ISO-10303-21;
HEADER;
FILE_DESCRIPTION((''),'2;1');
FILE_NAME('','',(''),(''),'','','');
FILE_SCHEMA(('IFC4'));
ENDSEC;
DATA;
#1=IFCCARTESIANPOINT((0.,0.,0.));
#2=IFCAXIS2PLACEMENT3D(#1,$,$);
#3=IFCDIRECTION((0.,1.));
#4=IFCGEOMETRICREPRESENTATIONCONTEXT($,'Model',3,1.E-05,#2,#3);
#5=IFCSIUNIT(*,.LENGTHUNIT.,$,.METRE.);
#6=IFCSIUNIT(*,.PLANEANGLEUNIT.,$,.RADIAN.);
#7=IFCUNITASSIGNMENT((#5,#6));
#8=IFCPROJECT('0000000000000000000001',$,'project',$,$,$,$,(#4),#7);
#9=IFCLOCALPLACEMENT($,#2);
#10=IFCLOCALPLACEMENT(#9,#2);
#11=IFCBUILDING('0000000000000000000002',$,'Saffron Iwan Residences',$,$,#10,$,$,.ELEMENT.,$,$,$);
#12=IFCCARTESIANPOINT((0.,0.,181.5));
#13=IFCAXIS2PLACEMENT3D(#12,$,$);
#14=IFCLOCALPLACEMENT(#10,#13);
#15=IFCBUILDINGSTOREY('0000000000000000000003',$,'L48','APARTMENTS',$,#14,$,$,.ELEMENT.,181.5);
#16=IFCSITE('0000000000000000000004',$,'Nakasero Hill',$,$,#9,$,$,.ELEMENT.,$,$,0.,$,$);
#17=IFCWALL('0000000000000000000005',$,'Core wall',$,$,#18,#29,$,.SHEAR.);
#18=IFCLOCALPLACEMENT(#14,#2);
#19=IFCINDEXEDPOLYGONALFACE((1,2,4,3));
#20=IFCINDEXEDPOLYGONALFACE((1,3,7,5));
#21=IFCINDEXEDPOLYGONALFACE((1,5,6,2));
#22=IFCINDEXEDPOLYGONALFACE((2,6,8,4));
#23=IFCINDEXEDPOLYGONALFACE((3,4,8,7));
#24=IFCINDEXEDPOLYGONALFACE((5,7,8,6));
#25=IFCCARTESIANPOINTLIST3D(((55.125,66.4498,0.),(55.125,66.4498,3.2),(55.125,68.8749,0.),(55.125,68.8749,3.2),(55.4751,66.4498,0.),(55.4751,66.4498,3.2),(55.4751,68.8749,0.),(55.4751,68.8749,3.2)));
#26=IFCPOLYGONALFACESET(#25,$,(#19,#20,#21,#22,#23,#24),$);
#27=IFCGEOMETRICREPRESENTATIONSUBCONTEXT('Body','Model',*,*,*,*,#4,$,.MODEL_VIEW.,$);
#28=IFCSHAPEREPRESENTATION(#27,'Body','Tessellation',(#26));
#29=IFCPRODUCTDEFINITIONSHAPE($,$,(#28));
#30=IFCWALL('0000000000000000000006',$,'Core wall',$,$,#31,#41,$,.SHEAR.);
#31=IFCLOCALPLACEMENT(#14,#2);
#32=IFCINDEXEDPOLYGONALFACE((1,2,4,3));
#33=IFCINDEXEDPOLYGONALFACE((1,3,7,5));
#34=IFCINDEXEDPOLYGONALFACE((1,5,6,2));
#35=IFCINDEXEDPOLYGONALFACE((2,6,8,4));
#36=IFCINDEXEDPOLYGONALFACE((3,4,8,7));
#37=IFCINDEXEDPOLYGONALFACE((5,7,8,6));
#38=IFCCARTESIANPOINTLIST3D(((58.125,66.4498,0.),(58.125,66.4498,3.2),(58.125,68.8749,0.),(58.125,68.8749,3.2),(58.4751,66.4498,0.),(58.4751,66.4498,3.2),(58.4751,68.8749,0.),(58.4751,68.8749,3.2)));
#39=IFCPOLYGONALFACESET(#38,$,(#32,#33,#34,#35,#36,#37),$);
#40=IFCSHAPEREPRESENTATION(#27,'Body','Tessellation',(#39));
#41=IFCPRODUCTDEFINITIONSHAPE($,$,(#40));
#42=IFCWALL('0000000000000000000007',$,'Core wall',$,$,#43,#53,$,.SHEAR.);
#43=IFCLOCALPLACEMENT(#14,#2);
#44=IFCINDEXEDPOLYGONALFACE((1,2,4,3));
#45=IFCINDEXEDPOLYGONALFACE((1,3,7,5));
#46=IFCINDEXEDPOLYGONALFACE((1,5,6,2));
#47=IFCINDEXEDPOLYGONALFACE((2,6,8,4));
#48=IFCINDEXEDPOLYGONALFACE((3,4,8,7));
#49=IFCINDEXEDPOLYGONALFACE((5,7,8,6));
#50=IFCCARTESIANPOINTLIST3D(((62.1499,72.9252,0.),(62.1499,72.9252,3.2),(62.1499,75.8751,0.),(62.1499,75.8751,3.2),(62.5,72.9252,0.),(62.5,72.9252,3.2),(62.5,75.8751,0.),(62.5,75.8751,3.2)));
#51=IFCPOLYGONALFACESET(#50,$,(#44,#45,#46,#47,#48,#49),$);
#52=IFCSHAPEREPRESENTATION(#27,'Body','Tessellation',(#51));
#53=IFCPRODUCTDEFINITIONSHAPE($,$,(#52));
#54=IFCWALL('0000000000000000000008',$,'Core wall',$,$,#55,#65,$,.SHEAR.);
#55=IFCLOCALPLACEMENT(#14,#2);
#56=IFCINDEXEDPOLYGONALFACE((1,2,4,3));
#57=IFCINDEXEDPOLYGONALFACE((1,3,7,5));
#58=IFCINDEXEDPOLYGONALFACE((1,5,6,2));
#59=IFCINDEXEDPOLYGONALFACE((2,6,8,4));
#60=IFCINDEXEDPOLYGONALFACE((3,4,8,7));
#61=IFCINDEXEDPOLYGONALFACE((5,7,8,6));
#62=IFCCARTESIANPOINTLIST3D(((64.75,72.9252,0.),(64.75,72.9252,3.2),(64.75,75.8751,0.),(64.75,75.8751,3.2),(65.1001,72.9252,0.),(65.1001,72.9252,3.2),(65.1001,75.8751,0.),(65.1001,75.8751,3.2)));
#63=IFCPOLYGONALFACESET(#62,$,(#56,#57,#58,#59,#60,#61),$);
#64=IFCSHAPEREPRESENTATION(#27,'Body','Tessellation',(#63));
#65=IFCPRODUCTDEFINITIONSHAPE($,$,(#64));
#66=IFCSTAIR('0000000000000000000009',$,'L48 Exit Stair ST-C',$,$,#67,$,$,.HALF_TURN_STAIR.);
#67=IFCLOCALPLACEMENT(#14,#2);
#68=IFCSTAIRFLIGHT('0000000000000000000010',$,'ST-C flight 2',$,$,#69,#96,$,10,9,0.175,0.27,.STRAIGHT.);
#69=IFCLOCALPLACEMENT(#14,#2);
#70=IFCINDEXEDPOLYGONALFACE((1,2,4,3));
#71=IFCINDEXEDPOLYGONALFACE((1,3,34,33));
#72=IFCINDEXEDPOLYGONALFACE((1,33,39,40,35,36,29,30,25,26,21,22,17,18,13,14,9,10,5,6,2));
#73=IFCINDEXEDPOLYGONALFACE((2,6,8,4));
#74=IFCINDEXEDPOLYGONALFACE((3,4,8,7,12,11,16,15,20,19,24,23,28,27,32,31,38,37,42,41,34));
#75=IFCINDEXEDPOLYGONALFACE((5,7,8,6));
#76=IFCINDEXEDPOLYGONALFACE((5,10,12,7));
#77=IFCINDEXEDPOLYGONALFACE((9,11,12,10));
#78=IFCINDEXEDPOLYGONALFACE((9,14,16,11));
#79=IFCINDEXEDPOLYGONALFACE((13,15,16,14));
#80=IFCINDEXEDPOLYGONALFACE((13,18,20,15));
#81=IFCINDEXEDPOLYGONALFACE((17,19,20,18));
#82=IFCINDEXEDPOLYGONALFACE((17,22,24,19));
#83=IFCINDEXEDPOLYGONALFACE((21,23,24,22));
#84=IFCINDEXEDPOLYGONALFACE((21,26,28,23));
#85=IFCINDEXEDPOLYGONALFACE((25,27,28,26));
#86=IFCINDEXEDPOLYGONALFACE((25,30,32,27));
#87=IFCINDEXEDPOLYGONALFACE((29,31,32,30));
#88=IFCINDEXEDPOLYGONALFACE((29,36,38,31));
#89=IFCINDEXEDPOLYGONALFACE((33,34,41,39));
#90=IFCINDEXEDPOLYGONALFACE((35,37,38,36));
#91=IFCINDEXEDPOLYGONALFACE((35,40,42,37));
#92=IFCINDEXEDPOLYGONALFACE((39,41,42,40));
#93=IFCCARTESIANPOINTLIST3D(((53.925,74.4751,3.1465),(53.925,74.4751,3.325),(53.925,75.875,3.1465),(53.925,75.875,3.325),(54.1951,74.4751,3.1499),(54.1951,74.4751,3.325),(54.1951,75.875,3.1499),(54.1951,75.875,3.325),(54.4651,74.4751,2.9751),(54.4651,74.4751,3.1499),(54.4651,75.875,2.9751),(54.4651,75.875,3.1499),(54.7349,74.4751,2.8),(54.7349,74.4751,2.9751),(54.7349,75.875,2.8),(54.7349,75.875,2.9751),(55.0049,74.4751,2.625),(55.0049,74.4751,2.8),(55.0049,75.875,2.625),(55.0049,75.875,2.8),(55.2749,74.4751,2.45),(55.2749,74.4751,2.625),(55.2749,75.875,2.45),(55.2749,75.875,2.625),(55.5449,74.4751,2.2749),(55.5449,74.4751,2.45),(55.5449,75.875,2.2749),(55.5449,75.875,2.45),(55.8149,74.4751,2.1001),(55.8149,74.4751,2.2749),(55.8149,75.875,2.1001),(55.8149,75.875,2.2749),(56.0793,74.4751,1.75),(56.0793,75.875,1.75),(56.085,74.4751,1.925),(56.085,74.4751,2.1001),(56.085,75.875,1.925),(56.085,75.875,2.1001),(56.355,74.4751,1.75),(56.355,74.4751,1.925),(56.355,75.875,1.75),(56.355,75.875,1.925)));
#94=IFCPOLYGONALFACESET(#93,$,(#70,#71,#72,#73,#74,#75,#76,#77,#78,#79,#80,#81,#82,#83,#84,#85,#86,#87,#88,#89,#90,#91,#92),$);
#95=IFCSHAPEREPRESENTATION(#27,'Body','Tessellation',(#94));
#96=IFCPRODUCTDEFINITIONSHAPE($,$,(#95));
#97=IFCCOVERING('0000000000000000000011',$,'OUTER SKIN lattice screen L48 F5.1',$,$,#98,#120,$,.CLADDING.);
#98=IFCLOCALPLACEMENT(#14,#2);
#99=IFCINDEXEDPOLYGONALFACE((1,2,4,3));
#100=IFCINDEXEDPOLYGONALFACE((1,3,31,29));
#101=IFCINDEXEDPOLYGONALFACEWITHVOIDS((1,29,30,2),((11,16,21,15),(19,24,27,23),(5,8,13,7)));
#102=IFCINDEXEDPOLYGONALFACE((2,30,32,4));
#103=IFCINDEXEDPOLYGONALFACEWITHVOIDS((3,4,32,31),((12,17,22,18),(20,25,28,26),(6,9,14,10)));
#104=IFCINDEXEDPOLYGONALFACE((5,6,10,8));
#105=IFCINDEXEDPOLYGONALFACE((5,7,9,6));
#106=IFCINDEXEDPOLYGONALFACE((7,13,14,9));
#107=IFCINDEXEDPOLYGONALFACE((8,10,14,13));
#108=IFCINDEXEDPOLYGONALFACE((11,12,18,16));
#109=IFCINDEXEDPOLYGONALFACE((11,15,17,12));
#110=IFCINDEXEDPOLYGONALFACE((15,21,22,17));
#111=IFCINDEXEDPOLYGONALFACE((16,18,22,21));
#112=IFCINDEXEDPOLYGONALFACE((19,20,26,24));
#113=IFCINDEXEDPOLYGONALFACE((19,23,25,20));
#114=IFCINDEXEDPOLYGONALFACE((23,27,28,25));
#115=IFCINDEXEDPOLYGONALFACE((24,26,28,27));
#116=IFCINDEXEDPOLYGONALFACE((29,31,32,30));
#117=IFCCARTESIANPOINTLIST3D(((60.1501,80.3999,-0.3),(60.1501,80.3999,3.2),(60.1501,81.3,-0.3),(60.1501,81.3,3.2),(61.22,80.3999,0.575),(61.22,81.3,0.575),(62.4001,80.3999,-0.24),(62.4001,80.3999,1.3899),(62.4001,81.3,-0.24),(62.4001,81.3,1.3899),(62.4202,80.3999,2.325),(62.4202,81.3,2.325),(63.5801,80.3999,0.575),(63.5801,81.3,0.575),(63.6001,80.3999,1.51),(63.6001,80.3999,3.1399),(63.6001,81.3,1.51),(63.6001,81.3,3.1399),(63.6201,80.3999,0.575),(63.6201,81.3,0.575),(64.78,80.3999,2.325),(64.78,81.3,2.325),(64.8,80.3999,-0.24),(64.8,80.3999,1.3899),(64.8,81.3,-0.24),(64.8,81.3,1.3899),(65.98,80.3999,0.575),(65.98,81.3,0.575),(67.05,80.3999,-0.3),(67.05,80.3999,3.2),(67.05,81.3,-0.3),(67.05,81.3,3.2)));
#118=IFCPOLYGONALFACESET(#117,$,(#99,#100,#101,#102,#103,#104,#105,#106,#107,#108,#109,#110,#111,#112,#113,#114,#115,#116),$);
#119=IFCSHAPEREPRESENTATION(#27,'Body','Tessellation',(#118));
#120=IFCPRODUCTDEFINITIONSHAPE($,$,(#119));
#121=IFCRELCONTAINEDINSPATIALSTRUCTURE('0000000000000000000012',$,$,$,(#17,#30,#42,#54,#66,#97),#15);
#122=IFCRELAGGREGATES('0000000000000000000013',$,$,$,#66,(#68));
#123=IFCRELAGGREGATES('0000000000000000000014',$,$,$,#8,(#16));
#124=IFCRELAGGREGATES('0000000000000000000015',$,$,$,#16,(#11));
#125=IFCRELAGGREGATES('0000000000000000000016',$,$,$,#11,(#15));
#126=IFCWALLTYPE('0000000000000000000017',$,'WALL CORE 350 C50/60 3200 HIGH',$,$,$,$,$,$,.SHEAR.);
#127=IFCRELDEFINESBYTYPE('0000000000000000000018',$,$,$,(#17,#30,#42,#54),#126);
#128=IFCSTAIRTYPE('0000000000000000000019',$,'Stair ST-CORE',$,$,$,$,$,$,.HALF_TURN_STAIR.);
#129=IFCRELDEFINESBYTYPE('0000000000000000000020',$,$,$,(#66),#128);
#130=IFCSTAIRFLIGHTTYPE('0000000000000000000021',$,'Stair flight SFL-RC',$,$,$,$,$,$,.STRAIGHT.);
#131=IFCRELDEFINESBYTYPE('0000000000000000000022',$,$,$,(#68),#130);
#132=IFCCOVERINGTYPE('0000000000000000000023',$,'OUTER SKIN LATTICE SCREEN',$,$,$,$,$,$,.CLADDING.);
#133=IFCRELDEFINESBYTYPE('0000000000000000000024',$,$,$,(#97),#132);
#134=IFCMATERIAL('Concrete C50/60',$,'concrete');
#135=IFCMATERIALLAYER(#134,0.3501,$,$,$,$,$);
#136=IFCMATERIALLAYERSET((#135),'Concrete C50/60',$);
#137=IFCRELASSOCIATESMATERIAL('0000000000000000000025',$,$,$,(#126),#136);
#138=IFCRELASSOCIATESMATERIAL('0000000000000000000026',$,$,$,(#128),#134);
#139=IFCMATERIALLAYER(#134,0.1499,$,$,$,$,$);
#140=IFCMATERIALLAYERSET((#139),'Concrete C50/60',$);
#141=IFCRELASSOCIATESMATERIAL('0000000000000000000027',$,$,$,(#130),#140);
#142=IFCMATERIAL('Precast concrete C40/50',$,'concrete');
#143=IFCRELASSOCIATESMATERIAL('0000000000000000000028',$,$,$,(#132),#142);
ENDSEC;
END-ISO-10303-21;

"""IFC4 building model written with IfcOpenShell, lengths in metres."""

from ifc_helpers import new_model, si_unit, direction, frame, frame_2d, origin, place, context, subcontext, project, spatial, polyline, rectangle, outline, extrude, material, layer, layer_set, type_object, element, aggregate, save


model = new_model("IFC4")

# Units and contexts
model_context = context("Model", 3, precision=1e-05, world=origin(), true_north=direction((0.0, 1.0)))
body_context = subcontext(model_context, "Body", "Model", "MODEL_VIEW")
ifc_project = project(units=[si_unit("LENGTHUNIT", "METRE"), si_unit("PLANEANGLEUNIT", "RADIAN")], contexts=[model_context])

# Site, building, storey
site_placement = place(None, origin())
site = spatial("IfcSite", under=ifc_project, at=site_placement, Name="Nakasero Hill", CompositionType="ELEMENT", RefElevation=0.0)
building_placement = place(site_placement, origin())
building = spatial("IfcBuilding", under=site, at=building_placement, Name="Saffron Iwan Residences", CompositionType="ELEMENT")
storey_placement = place(building_placement, frame((0.0, 0.0, 181.5)))
storey = spatial("IfcBuildingStorey", under=building, at=storey_placement, Name="L48", Description="APARTMENTS", CompositionType="ELEMENT", Elevation=181.5)

# Shared definitions
ifc_material_1 = material(Name="Concrete C50/60", Category="concrete")

# Shared definitions
ifc_layer_1 = layer(ifc_material_1, 0.3501)
ifc_layer_set_1 = layer_set([ifc_layer_1], Name="Concrete C50/60")
wall_type_1 = type_object("IfcWallType", Name="WALL CORE 350 C50/60 3200 HIGH", PredefinedType="SHEAR", material=ifc_layer_set_1)

# Walls
for number, where, z_axis, x_axis, name in (
    (1, (55.3, 66.45, 0.0), (0.0, 0.0, 1.0), (0.0, 1.0, 0.0), "Core wall"),
    (2, (58.3, 66.45, 0.0), (0.0, 0.0, 1.0), (0.0, 1.0, 0.0), "Core wall"),
):
    element("IfcWall", number, at=place(storey_placement, frame(where, z_axis=z_axis, x_axis=x_axis)), inside=storey, type_object=wall_type_1, Name=name, PredefinedType="SHEAR", context=body_context, shape_type="SweptSolid", body=[
        extrude(rectangle(XDim=2.425, YDim=0.3501, at=frame_2d((1.2124, 0.0))), origin(), (0.0, 0.0, 1.0), 3.2),
    ])
for number, where, z_axis, x_axis, name in (
    (3, (62.325, 72.925, 0.0), (0.0, 0.0, 1.0), (0.0, 1.0, 0.0), "Core wall"),
    (4, (64.925, 72.925, 0.0), (0.0, 0.0, 1.0), (0.0, 1.0, 0.0), "Core wall"),
):
    element("IfcWall", number, at=place(storey_placement, frame(where, z_axis=z_axis, x_axis=x_axis)), inside=storey, type_object=wall_type_1, Name=name, PredefinedType="SHEAR", context=body_context, shape_type="SweptSolid", body=[
        extrude(rectangle(XDim=2.95, YDim=0.3501, at=frame_2d((1.4751, 0.0))), origin(), (0.0, 0.0, 1.0), 3.2),
    ])

# Stair, stair flight
stair_type = type_object("IfcStairType", Name="Stair ST-CORE", PredefinedType="HALF_TURN_STAIR", material=ifc_material_1)
stair_placement = place(storey_placement, origin())
stair = element("IfcStair", 5, at=stair_placement, inside=storey, type_object=stair_type, Name="L48 Exit Stair ST-C", PredefinedType="HALF_TURN_STAIR")
ifc_layer_2 = layer(ifc_material_1, 0.1499)
ifc_layer_set_2 = layer_set([ifc_layer_2], Name="Concrete C50/60")
stair_flight_type = type_object("IfcStairFlightType", Name="Stair flight SFL-RC", PredefinedType="STRAIGHT", material=ifc_layer_set_2)
stair_flight_placement = place(storey_placement, frame((56.355, 75.175, 1.75), z_axis=(0.0, 0.0, 1.0), x_axis=(-1.0, 0.0, 0.0)))
stair_flight = element("IfcStairFlight", 6, at=stair_flight_placement, type_object=stair_flight_type, Name="ST-C flight 2", NumberOfRisers=10, NumberOfTreads=9, PredefinedType="STRAIGHT", RiserHeight=0.175, TreadLength=0.27, context=body_context, shape_type="SweptSolid", body=[
    extrude(outline(polyline([(0.0, 0.0), (0.0, 0.175), (0.27, 0.175), (0.27, 0.3501), (0.54, 0.3501), (0.54, 0.5249), (0.8101, 0.5249), (0.8101, 0.7), (1.0801, 0.7), (1.0801, 0.875), (1.3501, 0.875), (1.3501, 1.05), (1.6201, 1.05), (1.6201, 1.2251), (1.8899, 1.2251), (1.8899, 1.3999), (2.1599, 1.3999), (2.1599, 1.575), (2.4299, 1.575), (2.4299, 1.75), (2.4299, 1.3965), (0.2756, 0.0), (0.0, 0.0)])), frame((0.0, 0.7, 0.0), z_axis=(0.0, -1.0, 0.0), x_axis=(1.0, 0.0, 0.0)), (0.0, 0.0, 1.0), 1.3999),
])
aggregate(stair, [stair_flight])

# Covering
ifc_material_2 = material(Name="Precast concrete C40/50", Category="concrete")
covering_type_1 = type_object("IfcCoveringType", Name="OUTER SKIN LATTICE SCREEN", PredefinedType="CLADDING", material=ifc_material_2)
covering_placement = place(storey_placement, frame((67.05, 80.3999, -0.3), z_axis=(0.0, 1.0, 0.0), x_axis=(-1.0, 0.0, 0.0)))
element("IfcCovering", 7, at=covering_placement, inside=storey, type_object=covering_type_1, Name="OUTER SKIN lattice screen L48 F5.1", PredefinedType="CLADDING", context=body_context, shape_type="SweptSolid", body=[
    extrude(outline(polyline([(0.0, 0.0), (6.8999, 0.0), (6.8999, 3.5), (0.0, 3.5), (0.0, 0.0)]), holes=[polyline([(1.0701, 0.875), (2.25, 0.0601), (3.4299, 0.875), (2.25, 1.6899), (1.0701, 0.875)]), polyline([(3.47, 0.875), (4.6499, 0.0601), (5.8301, 0.875), (4.6499, 1.6899), (3.47, 0.875)]), polyline([(2.27, 2.625), (3.45, 1.8101), (4.6299, 2.625), (3.45, 3.4399), (2.27, 2.625)])]), origin(), (0.0, 0.0, 1.0), 0.9001),
])

save(model, "model.ifc")
